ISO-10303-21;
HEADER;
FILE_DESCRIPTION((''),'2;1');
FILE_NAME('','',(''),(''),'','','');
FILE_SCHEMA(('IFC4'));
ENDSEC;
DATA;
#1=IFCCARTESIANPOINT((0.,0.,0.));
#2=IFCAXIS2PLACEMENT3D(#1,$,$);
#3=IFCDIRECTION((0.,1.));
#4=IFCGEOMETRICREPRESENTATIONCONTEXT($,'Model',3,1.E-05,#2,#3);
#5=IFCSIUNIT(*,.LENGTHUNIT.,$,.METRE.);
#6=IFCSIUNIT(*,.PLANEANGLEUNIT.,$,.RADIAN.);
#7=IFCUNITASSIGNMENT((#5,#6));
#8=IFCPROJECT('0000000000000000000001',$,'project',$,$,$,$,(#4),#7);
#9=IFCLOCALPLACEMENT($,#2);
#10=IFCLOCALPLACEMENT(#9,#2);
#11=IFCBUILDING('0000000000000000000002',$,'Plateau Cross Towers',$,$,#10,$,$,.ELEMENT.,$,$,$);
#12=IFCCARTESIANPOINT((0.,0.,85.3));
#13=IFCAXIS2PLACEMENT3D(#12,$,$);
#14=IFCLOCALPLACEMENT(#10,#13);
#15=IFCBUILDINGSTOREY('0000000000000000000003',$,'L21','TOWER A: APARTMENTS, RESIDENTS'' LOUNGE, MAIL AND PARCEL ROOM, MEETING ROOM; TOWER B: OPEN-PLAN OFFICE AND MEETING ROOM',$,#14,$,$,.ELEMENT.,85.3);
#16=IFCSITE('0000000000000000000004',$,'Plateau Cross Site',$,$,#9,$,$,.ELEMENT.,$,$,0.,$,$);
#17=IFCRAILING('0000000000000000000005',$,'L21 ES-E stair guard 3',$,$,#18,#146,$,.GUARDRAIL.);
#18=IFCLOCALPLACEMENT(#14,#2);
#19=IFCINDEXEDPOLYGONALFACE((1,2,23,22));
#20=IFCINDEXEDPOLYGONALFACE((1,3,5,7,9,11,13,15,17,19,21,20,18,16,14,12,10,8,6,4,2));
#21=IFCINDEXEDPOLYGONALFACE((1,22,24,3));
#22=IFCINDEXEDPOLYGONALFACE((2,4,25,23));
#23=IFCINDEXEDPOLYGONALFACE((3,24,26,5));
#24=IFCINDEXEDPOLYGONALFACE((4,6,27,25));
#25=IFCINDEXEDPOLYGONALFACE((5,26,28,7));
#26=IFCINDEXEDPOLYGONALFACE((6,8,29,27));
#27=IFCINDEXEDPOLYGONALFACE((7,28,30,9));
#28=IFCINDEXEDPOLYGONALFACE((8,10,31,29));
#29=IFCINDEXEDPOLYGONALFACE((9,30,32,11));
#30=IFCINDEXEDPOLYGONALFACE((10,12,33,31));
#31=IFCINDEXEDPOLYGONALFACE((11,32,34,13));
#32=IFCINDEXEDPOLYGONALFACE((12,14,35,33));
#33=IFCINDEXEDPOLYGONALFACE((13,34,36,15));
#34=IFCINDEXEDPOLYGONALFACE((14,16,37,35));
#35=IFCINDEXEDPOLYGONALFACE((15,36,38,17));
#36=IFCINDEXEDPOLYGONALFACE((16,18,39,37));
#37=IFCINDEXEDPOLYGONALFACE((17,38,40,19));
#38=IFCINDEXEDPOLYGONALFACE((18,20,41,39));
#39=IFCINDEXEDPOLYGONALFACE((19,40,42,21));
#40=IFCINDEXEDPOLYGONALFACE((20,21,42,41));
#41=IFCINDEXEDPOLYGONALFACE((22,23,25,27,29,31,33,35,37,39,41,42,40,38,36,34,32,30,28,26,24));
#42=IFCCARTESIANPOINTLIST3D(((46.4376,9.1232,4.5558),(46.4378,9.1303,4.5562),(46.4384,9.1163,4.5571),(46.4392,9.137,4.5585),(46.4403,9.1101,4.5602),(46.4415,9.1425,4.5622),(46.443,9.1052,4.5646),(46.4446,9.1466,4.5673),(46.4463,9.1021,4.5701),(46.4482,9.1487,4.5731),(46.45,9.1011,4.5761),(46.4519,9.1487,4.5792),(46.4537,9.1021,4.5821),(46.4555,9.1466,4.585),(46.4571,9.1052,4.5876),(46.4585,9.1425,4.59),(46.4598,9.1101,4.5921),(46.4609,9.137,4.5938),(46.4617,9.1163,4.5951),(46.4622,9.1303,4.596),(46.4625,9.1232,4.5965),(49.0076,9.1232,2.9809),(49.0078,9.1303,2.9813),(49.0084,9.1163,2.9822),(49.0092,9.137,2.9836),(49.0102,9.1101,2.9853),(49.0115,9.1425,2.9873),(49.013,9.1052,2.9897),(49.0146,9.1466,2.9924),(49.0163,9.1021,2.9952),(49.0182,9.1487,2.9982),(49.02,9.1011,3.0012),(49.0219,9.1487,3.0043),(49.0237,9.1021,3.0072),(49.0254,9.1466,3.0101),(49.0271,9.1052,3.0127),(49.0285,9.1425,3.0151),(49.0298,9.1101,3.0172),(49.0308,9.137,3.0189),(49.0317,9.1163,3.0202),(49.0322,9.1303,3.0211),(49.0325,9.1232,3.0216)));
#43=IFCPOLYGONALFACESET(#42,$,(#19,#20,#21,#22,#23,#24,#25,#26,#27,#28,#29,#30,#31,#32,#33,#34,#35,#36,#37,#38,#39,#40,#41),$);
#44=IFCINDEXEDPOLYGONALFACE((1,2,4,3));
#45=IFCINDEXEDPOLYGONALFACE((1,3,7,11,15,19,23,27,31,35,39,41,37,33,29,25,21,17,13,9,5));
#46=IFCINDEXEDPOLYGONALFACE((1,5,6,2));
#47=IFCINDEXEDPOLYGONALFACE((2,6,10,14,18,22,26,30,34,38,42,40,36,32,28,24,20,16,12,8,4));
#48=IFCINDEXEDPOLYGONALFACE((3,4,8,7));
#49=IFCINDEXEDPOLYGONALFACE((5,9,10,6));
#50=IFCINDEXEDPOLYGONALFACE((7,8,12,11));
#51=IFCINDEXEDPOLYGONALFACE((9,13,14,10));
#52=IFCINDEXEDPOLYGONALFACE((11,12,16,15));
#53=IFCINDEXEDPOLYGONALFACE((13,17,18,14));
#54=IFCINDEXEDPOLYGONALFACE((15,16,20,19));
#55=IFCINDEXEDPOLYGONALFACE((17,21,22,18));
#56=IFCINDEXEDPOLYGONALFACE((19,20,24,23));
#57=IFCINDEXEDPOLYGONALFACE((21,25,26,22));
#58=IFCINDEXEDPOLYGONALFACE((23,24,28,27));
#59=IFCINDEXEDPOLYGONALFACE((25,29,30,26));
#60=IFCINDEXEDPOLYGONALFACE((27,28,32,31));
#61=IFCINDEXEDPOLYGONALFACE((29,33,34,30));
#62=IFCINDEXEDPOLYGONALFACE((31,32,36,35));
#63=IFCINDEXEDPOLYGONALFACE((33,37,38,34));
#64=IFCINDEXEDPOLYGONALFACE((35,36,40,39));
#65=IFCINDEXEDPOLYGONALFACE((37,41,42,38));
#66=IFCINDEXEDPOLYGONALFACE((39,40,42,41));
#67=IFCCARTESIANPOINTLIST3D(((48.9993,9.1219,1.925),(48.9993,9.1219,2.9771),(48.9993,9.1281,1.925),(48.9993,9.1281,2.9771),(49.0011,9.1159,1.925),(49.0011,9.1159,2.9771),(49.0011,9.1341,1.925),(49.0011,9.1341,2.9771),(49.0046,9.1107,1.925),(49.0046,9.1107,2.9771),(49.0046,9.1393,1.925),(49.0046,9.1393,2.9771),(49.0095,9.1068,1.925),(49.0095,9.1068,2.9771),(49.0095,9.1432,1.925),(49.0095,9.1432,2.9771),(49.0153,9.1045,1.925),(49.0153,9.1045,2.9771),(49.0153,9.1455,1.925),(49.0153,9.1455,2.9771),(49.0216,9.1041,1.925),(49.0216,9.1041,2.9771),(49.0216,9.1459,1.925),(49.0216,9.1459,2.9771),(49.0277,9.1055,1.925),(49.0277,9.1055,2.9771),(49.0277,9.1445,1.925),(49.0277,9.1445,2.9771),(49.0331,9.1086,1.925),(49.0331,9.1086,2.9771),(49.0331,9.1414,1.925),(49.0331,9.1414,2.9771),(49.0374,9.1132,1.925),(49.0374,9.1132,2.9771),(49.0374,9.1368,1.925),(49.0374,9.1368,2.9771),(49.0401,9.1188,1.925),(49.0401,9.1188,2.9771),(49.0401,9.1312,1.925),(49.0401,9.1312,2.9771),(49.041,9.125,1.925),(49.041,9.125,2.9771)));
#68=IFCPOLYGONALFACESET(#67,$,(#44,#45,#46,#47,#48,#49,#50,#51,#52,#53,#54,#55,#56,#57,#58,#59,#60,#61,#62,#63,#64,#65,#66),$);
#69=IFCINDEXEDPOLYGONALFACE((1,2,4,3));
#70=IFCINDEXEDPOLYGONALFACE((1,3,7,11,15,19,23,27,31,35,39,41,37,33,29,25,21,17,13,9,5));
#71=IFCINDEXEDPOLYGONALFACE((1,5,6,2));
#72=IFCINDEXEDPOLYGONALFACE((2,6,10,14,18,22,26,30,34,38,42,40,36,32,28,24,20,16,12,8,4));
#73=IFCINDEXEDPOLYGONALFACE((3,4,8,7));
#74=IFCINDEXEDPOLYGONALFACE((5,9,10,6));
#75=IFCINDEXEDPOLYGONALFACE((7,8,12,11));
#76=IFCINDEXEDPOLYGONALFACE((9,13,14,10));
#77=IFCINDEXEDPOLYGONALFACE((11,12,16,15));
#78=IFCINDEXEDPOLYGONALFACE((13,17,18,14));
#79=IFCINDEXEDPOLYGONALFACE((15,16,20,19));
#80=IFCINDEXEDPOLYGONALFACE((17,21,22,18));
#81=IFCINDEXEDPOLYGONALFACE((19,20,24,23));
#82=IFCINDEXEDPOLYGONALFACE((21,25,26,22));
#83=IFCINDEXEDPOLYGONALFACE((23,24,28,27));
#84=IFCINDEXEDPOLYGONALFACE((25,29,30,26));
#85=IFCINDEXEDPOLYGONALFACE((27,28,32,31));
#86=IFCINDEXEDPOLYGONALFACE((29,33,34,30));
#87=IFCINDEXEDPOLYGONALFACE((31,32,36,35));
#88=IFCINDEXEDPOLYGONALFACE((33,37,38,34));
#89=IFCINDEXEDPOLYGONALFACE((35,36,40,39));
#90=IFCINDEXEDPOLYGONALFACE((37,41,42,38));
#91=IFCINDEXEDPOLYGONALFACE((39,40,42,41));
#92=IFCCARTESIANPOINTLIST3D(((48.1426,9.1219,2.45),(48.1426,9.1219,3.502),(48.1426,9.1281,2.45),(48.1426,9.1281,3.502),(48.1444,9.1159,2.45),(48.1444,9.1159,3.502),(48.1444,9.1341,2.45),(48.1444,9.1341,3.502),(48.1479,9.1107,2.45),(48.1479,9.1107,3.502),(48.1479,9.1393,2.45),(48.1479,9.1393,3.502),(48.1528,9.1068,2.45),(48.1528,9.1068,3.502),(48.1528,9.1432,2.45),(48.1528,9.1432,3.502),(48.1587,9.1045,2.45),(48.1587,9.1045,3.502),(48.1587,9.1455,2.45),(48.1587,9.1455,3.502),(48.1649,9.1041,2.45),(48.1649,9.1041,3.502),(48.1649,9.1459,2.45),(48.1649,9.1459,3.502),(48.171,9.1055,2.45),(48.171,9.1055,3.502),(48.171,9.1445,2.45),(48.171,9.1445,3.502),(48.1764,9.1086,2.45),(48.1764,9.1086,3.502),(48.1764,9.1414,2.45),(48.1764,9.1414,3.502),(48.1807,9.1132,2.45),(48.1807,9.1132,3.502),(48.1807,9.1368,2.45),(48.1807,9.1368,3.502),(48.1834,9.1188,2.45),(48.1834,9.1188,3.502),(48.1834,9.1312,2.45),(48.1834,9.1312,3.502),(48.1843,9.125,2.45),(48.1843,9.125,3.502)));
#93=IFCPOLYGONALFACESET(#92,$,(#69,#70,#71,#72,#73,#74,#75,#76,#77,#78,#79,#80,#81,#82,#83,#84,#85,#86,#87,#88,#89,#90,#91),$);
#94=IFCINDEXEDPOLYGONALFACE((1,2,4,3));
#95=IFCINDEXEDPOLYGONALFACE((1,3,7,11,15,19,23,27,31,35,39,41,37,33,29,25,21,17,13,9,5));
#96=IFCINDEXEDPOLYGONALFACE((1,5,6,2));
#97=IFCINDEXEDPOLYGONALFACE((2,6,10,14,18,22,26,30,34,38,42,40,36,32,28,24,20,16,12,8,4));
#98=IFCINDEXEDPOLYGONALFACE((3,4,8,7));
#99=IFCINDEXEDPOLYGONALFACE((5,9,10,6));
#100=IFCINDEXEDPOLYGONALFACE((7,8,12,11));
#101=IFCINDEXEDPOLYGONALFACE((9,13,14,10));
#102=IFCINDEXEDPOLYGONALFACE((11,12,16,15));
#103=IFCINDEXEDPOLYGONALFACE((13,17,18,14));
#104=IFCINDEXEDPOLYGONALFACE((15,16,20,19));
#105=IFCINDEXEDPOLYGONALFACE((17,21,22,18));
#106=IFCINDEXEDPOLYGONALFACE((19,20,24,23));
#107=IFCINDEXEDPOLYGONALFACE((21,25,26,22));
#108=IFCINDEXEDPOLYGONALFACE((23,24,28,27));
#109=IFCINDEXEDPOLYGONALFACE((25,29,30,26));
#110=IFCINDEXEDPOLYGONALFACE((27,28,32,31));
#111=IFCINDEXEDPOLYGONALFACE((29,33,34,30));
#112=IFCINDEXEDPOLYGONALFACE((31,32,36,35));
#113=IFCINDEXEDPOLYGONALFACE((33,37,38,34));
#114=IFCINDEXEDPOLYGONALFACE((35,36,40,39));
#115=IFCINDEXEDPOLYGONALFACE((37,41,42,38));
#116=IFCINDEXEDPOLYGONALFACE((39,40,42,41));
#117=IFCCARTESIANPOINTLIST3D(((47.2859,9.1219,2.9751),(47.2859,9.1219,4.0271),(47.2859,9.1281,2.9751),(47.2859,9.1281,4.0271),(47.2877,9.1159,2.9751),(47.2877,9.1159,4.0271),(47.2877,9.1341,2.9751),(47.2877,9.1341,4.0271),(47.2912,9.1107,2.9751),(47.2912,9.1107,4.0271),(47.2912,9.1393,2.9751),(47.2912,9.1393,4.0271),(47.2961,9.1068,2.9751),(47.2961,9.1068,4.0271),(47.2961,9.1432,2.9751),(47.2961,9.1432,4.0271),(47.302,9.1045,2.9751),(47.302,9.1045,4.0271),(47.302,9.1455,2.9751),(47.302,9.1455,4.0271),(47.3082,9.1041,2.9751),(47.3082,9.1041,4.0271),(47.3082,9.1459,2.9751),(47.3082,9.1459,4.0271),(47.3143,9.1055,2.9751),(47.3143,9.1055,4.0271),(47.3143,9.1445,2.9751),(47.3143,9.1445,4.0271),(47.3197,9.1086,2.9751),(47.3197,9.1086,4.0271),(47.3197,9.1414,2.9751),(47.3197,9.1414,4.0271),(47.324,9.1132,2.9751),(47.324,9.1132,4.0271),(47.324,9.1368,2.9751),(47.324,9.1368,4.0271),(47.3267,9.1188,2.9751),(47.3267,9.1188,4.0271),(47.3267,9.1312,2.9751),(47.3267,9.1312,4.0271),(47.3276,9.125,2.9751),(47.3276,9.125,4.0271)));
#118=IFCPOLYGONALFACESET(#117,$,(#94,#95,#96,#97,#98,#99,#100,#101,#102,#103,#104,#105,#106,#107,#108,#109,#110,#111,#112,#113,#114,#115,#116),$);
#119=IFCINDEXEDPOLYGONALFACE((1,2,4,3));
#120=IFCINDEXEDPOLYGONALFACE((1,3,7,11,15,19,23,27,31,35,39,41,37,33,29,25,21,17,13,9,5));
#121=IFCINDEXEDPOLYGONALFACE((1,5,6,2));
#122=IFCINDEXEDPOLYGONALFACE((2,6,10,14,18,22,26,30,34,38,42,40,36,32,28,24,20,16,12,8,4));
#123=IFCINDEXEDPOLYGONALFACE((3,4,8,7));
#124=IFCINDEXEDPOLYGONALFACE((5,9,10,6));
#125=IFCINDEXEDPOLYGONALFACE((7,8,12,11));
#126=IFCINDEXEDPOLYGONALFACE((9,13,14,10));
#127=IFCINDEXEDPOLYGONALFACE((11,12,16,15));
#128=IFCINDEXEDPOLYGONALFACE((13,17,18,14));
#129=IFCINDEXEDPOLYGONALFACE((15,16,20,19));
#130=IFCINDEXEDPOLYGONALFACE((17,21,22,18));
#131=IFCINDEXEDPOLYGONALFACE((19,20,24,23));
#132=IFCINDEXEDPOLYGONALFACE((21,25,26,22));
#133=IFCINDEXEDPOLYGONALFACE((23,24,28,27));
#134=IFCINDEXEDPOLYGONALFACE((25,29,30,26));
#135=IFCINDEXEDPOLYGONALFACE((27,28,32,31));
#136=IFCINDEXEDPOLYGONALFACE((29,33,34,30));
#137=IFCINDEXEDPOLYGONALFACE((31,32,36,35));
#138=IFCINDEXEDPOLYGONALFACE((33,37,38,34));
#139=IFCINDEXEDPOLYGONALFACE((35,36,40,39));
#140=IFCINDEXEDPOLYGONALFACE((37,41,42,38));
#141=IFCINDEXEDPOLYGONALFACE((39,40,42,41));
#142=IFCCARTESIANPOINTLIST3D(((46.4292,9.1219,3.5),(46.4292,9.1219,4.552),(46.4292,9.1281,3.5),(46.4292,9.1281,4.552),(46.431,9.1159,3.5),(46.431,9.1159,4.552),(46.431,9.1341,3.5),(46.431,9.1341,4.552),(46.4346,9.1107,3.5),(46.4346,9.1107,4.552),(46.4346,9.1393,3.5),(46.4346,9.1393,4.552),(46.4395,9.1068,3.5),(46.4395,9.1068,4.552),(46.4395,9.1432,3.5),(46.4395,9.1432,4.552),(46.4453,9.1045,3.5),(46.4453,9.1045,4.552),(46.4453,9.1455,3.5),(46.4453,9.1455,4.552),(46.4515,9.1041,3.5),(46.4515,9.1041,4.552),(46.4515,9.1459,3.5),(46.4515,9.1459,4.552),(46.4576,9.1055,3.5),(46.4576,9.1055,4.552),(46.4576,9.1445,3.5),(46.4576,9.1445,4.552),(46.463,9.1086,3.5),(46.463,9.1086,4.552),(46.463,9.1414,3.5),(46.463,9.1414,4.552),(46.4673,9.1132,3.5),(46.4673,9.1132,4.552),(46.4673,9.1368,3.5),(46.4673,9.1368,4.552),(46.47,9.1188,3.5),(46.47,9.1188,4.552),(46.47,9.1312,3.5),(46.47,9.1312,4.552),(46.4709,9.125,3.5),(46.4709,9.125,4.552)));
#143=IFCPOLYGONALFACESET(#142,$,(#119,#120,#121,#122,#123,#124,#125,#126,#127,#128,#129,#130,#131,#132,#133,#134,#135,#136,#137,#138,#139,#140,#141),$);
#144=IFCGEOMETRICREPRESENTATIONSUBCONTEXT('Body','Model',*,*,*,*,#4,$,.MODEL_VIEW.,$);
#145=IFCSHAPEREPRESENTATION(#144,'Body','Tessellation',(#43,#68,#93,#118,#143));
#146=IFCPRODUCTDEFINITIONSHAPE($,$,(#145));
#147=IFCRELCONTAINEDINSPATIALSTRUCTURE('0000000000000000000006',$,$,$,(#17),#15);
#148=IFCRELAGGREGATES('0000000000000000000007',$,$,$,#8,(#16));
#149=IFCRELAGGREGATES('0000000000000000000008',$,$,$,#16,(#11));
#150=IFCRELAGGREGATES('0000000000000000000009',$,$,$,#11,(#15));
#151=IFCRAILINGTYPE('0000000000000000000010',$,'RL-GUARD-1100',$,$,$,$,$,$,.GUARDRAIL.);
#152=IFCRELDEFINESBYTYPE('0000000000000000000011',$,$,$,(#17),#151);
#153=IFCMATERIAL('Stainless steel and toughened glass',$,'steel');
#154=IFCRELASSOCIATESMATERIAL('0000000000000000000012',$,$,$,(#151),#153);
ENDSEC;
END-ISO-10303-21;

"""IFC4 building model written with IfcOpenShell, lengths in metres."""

from ifc_helpers import new_model, si_unit, direction, frame, origin, origin_2d, place, context, subcontext, project, spatial, circle, extrude, material, type_object, element, save


model = new_model("IFC4")

# Units and contexts
model_context = context("Model", 3, precision=1e-05, world=origin(), true_north=direction((0.0, 1.0)))
body_context = subcontext(model_context, "Body", "Model", "MODEL_VIEW")
ifc_project = project(units=[si_unit("LENGTHUNIT", "METRE"), si_unit("PLANEANGLEUNIT", "RADIAN")], contexts=[model_context])

# Site, building, storey
site_placement = place(None, origin())
site = spatial("IfcSite", under=ifc_project, at=site_placement, Name="Plateau Cross Site", CompositionType="ELEMENT", RefElevation=0.0)
building_placement = place(site_placement, origin())
building = spatial("IfcBuilding", under=site, at=building_placement, Name="Plateau Cross Towers", CompositionType="ELEMENT")
storey_placement = place(building_placement, frame((0.0, 0.0, 85.3)))
storey = spatial("IfcBuildingStorey", under=building, at=storey_placement, Name="L21", Description="TOWER A: APARTMENTS, RESIDENTS' LOUNGE, MAIL AND PARCEL ROOM, MEETING ROOM; TOWER B: OPEN-PLAN OFFICE AND MEETING ROOM", CompositionType="ELEMENT", Elevation=85.3)

# Railing
ifc_material_1 = material(Name="Stainless steel and toughened glass", Category="steel")
railing_type_1 = type_object("IfcRailingType", Name="RL-GUARD-1100", PredefinedType="GUARDRAIL", material=ifc_material_1)
railing_1_placement = place(storey_placement, frame((49.02, 9.125, 1.925)))
element("IfcRailing", 1, at=railing_1_placement, inside=storey, type_object=railing_type_1, Name="L21 ES-E stair guard 3", PredefinedType="GUARDRAIL", context=body_context, shape_type="SweptSolid", body=[
    extrude(circle(Radius=0.0239, at=origin_2d()), frame((0.0, 0.0, 1.0762), z_axis=(-0.852639, 0.0, 0.522501), x_axis=(0.0, -1.0, 0.0)), (0.0, 0.0, 1.0), 3.0142),
    extrude(circle(Radius=0.021, at=origin_2d()), origin(), (0.0, 0.0, 1.0), 1.052),
    extrude(circle(Radius=0.021, at=origin_2d()), frame((-0.8567, 0.0, 0.5249)), (0.0, 0.0, 1.0), 1.052),
    extrude(circle(Radius=0.021, at=origin_2d()), frame((-1.7134, 0.0, 1.05)), (0.0, 0.0, 1.0), 1.052),
    extrude(circle(Radius=0.021, at=origin_2d()), frame((-2.5701, 0.0, 1.575)), (0.0, 0.0, 1.0), 1.052),
])

save(model, "model.ifc")
